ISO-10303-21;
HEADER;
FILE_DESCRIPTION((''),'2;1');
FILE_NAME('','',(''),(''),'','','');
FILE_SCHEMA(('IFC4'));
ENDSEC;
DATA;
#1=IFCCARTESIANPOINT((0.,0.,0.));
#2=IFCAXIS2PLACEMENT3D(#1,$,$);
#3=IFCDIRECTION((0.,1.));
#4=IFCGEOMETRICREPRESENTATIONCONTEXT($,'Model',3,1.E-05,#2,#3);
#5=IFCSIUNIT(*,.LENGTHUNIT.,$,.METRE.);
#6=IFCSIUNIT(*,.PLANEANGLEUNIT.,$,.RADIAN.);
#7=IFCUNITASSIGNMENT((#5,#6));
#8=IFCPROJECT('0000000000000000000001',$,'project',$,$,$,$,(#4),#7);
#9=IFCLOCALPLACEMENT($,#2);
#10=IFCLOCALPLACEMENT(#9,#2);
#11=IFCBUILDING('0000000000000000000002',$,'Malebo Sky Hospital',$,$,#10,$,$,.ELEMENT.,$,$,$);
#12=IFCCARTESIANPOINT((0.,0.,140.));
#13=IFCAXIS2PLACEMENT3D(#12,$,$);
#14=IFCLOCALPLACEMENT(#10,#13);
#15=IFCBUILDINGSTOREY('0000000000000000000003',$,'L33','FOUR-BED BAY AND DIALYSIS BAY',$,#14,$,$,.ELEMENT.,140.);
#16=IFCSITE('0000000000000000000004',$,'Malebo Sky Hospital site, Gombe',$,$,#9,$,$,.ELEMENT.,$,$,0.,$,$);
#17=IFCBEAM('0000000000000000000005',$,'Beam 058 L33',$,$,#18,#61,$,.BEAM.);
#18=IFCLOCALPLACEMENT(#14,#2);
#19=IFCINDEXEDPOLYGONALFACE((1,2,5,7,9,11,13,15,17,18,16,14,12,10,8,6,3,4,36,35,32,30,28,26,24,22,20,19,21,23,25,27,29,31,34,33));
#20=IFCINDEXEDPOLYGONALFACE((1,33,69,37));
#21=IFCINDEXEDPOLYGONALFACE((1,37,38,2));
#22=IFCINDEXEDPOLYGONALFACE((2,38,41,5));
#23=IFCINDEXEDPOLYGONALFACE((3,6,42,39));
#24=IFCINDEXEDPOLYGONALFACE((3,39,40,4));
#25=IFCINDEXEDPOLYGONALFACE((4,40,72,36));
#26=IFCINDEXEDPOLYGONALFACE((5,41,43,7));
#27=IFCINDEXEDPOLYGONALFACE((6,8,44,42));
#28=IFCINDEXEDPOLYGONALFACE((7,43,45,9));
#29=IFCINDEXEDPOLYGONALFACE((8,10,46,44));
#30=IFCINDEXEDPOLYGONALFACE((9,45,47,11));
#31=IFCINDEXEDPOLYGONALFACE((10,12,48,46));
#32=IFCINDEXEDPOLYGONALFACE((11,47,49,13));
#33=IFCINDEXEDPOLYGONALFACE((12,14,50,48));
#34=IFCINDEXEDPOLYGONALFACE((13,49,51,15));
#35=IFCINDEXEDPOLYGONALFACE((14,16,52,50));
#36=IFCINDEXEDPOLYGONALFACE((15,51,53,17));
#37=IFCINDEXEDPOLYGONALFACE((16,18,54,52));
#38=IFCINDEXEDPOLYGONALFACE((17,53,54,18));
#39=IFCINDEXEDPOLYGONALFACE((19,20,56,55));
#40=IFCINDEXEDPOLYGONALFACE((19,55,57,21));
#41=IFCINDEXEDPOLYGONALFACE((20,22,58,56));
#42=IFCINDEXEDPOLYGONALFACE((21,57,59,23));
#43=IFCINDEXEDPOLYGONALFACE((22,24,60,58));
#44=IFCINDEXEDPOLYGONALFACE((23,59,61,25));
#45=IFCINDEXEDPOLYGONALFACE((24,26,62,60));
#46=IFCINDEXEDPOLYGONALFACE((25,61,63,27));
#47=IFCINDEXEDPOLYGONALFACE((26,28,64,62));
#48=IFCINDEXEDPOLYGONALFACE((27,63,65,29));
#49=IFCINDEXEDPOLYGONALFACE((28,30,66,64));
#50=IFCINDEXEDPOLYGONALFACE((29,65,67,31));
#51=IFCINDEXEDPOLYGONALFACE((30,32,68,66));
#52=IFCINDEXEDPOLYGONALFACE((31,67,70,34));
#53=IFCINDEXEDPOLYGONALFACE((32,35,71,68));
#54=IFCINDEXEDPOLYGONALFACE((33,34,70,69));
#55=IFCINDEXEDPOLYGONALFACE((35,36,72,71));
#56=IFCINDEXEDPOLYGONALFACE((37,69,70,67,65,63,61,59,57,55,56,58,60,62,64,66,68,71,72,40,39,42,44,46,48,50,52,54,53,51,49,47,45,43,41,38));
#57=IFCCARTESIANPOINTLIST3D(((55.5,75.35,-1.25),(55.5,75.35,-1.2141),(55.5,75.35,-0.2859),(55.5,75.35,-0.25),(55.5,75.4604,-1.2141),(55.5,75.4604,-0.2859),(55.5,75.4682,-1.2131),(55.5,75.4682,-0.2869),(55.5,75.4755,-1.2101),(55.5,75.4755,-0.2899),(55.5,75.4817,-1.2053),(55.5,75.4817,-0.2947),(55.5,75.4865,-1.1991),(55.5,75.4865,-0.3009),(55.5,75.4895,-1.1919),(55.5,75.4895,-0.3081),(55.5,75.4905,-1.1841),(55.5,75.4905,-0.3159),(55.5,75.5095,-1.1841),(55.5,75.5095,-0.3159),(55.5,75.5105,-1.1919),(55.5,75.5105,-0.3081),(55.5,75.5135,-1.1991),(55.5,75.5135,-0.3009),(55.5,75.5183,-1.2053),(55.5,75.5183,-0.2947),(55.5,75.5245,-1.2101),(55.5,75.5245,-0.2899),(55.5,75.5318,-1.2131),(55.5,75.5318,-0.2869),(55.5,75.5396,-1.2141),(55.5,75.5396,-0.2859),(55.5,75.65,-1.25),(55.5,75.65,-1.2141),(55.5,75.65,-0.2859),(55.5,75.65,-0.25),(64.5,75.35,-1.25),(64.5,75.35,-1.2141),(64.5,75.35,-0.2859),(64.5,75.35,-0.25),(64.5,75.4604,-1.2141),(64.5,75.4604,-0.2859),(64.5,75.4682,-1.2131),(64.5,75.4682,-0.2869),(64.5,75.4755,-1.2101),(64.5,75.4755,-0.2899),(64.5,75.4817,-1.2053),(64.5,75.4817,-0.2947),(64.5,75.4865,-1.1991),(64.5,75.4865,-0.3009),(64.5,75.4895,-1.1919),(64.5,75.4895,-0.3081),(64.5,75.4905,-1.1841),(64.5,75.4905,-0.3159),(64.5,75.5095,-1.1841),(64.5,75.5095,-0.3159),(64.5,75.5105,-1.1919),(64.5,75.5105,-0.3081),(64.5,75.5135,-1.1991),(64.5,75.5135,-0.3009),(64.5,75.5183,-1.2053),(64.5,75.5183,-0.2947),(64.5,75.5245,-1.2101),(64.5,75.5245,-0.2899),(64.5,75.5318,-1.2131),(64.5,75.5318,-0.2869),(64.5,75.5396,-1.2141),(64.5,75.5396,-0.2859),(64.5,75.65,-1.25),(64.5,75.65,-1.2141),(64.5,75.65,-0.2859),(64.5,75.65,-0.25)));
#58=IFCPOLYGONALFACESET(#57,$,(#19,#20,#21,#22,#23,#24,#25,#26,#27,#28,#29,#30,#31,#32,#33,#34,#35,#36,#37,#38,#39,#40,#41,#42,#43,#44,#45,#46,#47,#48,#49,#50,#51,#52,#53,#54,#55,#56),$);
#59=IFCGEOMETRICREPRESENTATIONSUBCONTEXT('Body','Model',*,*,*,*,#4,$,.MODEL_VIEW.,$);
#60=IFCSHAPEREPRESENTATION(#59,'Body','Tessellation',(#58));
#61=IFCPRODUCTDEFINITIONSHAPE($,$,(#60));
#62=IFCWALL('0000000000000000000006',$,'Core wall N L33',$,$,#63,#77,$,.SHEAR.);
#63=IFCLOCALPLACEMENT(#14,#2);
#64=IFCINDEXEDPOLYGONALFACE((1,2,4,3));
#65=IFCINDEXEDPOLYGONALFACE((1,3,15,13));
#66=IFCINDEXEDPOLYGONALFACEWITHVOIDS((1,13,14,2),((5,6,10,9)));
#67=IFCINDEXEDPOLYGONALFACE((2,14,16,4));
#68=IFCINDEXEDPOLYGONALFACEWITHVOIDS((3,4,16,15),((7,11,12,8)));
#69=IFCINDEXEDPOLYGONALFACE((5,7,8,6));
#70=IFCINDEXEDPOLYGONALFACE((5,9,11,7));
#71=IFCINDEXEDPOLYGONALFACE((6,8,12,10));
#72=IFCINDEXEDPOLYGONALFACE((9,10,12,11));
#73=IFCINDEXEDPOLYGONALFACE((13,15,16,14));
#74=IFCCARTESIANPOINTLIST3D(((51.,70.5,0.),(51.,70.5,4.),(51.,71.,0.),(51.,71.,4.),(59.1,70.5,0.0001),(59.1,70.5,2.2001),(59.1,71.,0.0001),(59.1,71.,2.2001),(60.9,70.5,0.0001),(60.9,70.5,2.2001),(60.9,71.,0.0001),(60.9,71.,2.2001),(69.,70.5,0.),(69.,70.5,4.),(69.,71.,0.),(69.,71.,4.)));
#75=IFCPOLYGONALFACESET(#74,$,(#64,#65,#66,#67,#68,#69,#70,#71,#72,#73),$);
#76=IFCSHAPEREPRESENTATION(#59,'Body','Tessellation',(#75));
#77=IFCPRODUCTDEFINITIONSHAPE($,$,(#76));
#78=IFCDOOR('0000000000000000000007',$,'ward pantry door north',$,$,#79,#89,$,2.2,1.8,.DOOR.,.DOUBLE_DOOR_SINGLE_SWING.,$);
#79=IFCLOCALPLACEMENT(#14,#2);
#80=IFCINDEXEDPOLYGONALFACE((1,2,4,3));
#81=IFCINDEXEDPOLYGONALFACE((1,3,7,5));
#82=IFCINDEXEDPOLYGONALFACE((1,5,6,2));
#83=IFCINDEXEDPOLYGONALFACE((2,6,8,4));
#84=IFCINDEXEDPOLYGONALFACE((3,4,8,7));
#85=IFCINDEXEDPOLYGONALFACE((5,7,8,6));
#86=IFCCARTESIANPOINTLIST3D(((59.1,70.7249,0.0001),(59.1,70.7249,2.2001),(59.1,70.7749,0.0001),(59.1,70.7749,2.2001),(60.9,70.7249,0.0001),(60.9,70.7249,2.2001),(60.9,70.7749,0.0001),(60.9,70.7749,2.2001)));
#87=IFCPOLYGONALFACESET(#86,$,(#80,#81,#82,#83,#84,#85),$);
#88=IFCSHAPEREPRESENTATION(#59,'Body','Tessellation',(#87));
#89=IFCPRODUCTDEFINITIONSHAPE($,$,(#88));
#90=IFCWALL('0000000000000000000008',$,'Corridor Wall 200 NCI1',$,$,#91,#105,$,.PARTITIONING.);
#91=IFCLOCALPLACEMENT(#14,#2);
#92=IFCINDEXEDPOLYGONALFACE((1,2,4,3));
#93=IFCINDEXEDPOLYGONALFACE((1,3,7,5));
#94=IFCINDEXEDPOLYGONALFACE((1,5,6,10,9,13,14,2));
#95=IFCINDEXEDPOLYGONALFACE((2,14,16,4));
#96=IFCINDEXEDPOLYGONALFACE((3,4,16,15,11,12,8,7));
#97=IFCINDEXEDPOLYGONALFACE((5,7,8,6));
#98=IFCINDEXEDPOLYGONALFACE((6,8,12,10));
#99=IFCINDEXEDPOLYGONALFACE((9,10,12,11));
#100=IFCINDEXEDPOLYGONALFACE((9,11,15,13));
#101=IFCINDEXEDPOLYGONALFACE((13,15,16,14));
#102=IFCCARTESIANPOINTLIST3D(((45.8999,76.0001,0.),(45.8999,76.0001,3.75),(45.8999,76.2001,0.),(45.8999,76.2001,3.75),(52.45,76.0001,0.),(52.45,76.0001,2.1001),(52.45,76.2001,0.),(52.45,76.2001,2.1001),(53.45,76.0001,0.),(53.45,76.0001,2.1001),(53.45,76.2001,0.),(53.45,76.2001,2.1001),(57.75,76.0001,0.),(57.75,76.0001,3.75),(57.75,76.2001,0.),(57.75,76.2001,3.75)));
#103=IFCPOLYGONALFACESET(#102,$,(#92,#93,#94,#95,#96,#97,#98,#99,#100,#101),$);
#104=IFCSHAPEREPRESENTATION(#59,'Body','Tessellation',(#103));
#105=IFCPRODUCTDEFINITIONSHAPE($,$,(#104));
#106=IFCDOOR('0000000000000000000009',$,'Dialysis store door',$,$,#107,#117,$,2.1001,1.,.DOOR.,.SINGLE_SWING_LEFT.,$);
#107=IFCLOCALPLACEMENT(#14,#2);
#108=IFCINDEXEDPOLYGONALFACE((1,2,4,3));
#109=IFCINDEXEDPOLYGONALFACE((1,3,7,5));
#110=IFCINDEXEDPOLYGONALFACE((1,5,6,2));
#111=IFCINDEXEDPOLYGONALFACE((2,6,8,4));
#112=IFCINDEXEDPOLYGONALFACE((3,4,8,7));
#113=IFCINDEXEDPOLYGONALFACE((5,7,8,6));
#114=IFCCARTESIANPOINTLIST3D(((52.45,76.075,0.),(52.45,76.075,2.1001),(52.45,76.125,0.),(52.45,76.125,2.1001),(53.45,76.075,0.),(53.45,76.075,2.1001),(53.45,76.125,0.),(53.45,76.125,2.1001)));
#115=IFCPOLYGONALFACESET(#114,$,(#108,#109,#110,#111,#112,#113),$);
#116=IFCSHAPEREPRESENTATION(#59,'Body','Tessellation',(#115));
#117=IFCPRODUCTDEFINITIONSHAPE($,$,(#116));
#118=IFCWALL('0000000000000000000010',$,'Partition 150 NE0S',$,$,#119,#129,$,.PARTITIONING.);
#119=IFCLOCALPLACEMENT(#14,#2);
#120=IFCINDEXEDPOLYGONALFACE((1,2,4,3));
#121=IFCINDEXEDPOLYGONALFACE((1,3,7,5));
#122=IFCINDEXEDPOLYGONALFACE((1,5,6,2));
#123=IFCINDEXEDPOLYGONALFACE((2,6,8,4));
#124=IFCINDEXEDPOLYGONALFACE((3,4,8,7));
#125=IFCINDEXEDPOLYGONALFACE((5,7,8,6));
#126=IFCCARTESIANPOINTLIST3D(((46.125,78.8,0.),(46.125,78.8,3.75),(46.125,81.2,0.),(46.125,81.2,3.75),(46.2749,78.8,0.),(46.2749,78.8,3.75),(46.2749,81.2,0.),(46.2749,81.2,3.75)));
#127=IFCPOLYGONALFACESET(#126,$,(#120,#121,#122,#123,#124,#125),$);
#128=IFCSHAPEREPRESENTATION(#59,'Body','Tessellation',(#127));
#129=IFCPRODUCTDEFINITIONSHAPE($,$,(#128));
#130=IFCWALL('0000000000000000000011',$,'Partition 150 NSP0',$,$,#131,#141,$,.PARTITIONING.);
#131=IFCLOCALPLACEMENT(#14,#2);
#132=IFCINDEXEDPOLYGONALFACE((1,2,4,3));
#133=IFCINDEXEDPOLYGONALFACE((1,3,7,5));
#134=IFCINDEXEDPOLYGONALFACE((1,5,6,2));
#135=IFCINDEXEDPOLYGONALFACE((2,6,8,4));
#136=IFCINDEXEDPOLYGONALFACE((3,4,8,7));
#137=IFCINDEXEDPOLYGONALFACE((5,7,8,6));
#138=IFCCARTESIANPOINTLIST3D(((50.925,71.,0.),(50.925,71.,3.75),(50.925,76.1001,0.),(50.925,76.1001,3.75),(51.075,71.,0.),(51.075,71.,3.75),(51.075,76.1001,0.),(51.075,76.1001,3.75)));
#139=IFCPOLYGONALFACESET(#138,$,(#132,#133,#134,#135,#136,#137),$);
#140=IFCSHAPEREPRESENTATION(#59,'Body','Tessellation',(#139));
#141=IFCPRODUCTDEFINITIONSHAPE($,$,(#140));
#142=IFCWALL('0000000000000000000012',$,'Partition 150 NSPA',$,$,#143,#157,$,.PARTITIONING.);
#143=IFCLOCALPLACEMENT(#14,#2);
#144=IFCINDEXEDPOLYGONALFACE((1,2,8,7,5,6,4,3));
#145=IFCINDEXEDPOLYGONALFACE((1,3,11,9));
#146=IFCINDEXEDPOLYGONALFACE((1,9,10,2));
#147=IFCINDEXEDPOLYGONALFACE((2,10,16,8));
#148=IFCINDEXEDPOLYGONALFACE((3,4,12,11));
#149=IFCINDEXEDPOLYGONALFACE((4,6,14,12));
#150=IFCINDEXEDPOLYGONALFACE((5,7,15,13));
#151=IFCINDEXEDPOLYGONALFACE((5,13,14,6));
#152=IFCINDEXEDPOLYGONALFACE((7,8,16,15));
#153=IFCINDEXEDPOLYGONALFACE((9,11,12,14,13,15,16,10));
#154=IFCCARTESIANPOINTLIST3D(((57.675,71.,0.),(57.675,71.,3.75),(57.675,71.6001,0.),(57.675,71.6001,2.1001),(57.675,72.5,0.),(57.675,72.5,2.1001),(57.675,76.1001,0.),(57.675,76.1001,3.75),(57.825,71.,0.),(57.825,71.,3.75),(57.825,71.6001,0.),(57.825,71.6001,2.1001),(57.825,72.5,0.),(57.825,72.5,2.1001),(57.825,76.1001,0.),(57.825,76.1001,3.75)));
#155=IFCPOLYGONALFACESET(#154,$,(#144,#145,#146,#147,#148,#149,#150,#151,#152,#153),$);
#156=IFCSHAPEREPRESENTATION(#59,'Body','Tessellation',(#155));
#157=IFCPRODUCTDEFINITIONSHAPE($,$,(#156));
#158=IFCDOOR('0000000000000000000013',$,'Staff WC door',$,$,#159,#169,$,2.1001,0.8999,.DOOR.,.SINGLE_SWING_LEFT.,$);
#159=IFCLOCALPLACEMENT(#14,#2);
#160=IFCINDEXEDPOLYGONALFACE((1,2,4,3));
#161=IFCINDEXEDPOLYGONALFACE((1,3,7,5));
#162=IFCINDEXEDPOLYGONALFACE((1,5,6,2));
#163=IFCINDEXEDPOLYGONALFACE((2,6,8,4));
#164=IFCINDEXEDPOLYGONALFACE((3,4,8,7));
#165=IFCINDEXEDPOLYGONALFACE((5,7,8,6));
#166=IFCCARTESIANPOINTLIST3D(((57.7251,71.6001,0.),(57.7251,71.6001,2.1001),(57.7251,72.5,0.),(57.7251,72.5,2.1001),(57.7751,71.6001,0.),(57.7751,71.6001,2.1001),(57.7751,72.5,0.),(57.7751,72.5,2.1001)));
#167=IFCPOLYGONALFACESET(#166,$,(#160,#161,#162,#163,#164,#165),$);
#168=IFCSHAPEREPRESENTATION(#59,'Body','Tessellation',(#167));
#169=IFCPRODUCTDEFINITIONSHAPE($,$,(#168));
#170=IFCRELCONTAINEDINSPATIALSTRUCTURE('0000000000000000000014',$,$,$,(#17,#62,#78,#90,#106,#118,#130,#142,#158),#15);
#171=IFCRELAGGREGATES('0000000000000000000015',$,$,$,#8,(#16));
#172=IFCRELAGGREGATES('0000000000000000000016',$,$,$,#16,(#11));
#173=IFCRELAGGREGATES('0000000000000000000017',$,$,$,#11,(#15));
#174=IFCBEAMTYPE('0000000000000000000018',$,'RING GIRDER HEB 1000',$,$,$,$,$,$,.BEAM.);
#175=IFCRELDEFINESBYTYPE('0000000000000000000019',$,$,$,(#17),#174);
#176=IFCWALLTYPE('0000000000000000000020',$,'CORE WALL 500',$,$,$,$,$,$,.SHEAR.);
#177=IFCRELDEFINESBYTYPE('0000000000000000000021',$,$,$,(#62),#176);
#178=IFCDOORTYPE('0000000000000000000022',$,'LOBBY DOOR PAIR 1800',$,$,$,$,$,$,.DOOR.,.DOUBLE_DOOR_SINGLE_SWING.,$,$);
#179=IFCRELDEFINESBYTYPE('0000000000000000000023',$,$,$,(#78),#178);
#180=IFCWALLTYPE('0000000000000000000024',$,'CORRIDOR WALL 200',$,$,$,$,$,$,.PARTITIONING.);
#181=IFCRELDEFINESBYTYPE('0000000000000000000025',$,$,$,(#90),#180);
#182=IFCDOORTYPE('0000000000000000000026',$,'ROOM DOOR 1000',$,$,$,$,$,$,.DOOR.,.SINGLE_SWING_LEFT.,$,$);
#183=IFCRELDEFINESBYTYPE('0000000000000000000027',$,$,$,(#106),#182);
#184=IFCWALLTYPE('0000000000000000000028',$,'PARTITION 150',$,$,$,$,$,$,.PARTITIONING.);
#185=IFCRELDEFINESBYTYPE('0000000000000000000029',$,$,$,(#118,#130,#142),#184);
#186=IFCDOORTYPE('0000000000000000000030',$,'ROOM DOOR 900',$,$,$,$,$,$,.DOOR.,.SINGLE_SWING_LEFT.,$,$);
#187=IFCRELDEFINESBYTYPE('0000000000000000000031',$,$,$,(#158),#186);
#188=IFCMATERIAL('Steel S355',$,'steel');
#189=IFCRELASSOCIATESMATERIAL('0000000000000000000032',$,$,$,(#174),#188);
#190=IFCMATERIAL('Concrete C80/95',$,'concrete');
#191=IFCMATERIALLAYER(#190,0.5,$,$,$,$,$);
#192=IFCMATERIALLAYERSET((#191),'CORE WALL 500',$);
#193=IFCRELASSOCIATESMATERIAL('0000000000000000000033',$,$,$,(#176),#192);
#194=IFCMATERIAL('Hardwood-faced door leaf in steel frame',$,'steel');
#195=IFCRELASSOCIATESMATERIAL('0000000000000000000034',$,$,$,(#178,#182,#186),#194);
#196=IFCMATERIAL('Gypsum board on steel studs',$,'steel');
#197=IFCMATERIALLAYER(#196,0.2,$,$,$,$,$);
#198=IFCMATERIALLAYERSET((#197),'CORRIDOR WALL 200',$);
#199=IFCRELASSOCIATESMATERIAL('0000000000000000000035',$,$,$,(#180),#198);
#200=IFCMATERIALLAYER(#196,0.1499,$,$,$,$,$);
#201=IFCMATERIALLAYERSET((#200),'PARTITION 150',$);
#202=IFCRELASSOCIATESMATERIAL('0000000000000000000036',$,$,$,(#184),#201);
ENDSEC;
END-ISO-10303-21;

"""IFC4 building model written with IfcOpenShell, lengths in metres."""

from ifc_helpers import new_model, si_unit, direction, frame, frame_2d, origin, origin_2d, place, context, subcontext, project, spatial, rectangle, i_section, extrude, material, layer, layer_set, material_profile, profile_set, type_object, element, fill, save


model = new_model("IFC4")

# Units and contexts
model_context = context("Model", 3, precision=1e-05, world=origin(), true_north=direction((0.0, 1.0)))
body_context = subcontext(model_context, "Body", "Model", "MODEL_VIEW")
ifc_project = project(units=[si_unit("LENGTHUNIT", "METRE"), si_unit("PLANEANGLEUNIT", "RADIAN")], contexts=[model_context])

# Site, building, storey
site_placement = place(None, origin())
site = spatial("IfcSite", under=ifc_project, at=site_placement, Name="Malebo Sky Hospital site, Gombe", CompositionType="ELEMENT", RefElevation=0.0)
building_placement = place(site_placement, origin())
building = spatial("IfcBuilding", under=site, at=building_placement, Name="Malebo Sky Hospital", CompositionType="ELEMENT")
storey_placement = place(building_placement, frame((0.0, 0.0, 140.0)))
storey = spatial("IfcBuildingStorey", under=building, at=storey_placement, Name="L33", Description="FOUR-BED BAY AND DIALYSIS BAY", CompositionType="ELEMENT", Elevation=140.0)

# Beam
ifc_material_1 = material(Name="Steel S355", Category="steel")
ifc_material_profile_1 = material_profile(ifc_material_1, i_section(OverallWidth=0.3, OverallDepth=1.0, WebThickness=0.019, FlangeThickness=0.0359, FilletRadius=0.03, at=origin_2d()), Name="HEB 1000")
ifc_profile_set_1 = profile_set([ifc_material_profile_1], Name="Steel S355")
beam_type_1 = type_object("IfcBeamType", Name="RING GIRDER HEB 1000", PredefinedType="BEAM", material=ifc_profile_set_1)
beam_1_placement = place(storey_placement, frame((55.5, 75.5, -0.75), z_axis=(1.0, 0.0, 0.0), x_axis=(0.0, 1.0, 0.0)))
element("IfcBeam", 1, at=beam_1_placement, inside=storey, type_object=beam_type_1, Name="Beam 058 L33", PredefinedType="BEAM", context=body_context, shape_type="SweptSolid", body=[
    extrude(i_section(OverallWidth=0.3, OverallDepth=1.0, WebThickness=0.019, FlangeThickness=0.0359, FilletRadius=0.03, at=origin_2d()), origin(), (0.0, 0.0, 1.0), 9.0),
])

# Walls, openings, doors
ifc_material_2 = material(Name="Concrete C80/95", Category="concrete")
ifc_layer_1 = layer(ifc_material_2, 0.5)
ifc_layer_set_1 = layer_set([ifc_layer_1], Name="CORE WALL 500")
wall_type_1 = type_object("IfcWallType", Name="CORE WALL 500", PredefinedType="SHEAR", material=ifc_layer_set_1)
wall_1_placement = place(storey_placement, frame((51.0, 70.75, 0.0), z_axis=(0.0, 0.0, 1.0), x_axis=(1.0, 0.0, 0.0)))
wall_1 = element("IfcWall", 2, at=wall_1_placement, inside=storey, type_object=wall_type_1, Name="Core wall N L33", PredefinedType="SHEAR", context=body_context, shape_type="SweptSolid", body=[
    extrude(rectangle(XDim=18.0, YDim=0.5, at=frame_2d((9.0, 0.0))), origin(), (0.0, 0.0, 1.0), 4.0),
])
opening_1_placement = place(wall_1_placement, frame((8.1001, 0.0, 0.0)))
opening_1 = element("IfcOpeningElement", 3, at=opening_1_placement, cuts=wall_1, PredefinedType="OPENING", context=body_context, shape_type="SweptSolid", body=[
    extrude(rectangle(XDim=1.8, YDim=2.2, at=frame_2d((0.8999, 1.1001))), frame((0.0, 0.26, 0.0), z_axis=(0.0, -1.0, 0.0), x_axis=(1.0, 0.0, 0.0)), (0.0, 0.0, 1.0), 0.52),
])
ifc_material_3 = material(Name="Hardwood-faced door leaf in steel frame", Category="steel")
door_type_1 = type_object("IfcDoorType", Name="LOBBY DOOR PAIR 1800", OperationType="DOUBLE_DOOR_SINGLE_SWING", PredefinedType="DOOR", material=ifc_material_3)
door_1_placement = place(opening_1_placement, origin())
door_1 = element("IfcDoor", 4, at=door_1_placement, inside=storey, type_object=door_type_1, Name="ward pantry door north", OperationType="DOUBLE_DOOR_SINGLE_SWING", OverallHeight=2.2, OverallWidth=1.8, PredefinedType="DOOR", context=body_context, shape_type="SweptSolid", body=[
    extrude(rectangle(XDim=1.8, YDim=2.2, at=frame_2d((0.8999, 1.1001))), frame((0.0, 0.0249, 0.0), z_axis=(0.0, -1.0, 0.0), x_axis=(1.0, 0.0, 0.0)), (0.0, 0.0, 1.0), 0.05),
])
fill(opening_1, door_1)
ifc_material_4 = material(Name="Gypsum board on steel studs", Category="steel")
ifc_layer_2 = layer(ifc_material_4, 0.2)
ifc_layer_set_2 = layer_set([ifc_layer_2], Name="CORRIDOR WALL 200")
wall_type_2 = type_object("IfcWallType", Name="CORRIDOR WALL 200", PredefinedType="PARTITIONING", material=ifc_layer_set_2)
wall_2_placement = place(storey_placement, frame((45.8999, 76.1001, 0.0), z_axis=(0.0, 0.0, 1.0), x_axis=(1.0, 0.0, 0.0)))
wall_2 = element("IfcWall", 5, at=wall_2_placement, inside=storey, type_object=wall_type_2, Name="Corridor Wall 200 NCI1", PredefinedType="PARTITIONING", context=body_context, shape_type="SweptSolid", body=[
    extrude(rectangle(XDim=11.8501, YDim=0.2, at=frame_2d((5.925, 0.0))), origin(), (0.0, 0.0, 1.0), 3.75),
])
opening_2_placement = place(wall_2_placement, frame((6.55, 0.0, 0.0)))
opening_2 = element("IfcOpeningElement", 6, at=opening_2_placement, cuts=wall_2, PredefinedType="OPENING", context=body_context, shape_type="SweptSolid", body=[
    extrude(rectangle(XDim=1.0, YDim=2.1001, at=frame_2d((0.5, 1.05))), frame((0.0, 0.1099, 0.0), z_axis=(0.0, -1.0, 0.0), x_axis=(1.0, 0.0, 0.0)), (0.0, 0.0, 1.0), 0.22),
])
door_type_2 = type_object("IfcDoorType", Name="ROOM DOOR 1000", OperationType="SINGLE_SWING_LEFT", PredefinedType="DOOR", material=ifc_material_3)
door_2_placement = place(opening_2_placement, origin())
door_2 = element("IfcDoor", 7, at=door_2_placement, inside=storey, type_object=door_type_2, Name="Dialysis store door", OperationType="SINGLE_SWING_LEFT", OverallHeight=2.1001, OverallWidth=1.0, PredefinedType="DOOR", context=body_context, shape_type="SweptSolid", body=[
    extrude(rectangle(XDim=1.0, YDim=2.1001, at=frame_2d((0.5, 1.05))), frame((0.0, 0.0249, 0.0), z_axis=(0.0, -1.0, 0.0), x_axis=(1.0, 0.0, 0.0)), (0.0, 0.0, 1.0), 0.05),
])
fill(opening_2, door_2)

# Walls
ifc_layer_3 = layer(ifc_material_4, 0.1499)
ifc_layer_set_3 = layer_set([ifc_layer_3], Name="PARTITION 150")
wall_type_3 = type_object("IfcWallType", Name="PARTITION 150", PredefinedType="PARTITIONING", material=ifc_layer_set_3)
wall_3_placement = place(storey_placement, frame((46.2, 78.8, 0.0), z_axis=(0.0, 0.0, 1.0), x_axis=(0.0, 1.0, 0.0)))
element("IfcWall", 8, at=wall_3_placement, inside=storey, type_object=wall_type_3, Name="Partition 150 NE0S", PredefinedType="PARTITIONING", context=body_context, shape_type="SweptSolid", body=[
    extrude(rectangle(XDim=2.3999, YDim=0.1499, at=frame_2d((1.2, 0.0))), origin(), (0.0, 0.0, 1.0), 3.75),
])
wall_4_placement = place(storey_placement, frame((51.0, 71.0, 0.0), z_axis=(0.0, 0.0, 1.0), x_axis=(0.0, 1.0, 0.0)))
element("IfcWall", 9, at=wall_4_placement, inside=storey, type_object=wall_type_3, Name="Partition 150 NSP0", PredefinedType="PARTITIONING", context=body_context, shape_type="SweptSolid", body=[
    extrude(rectangle(XDim=5.1001, YDim=0.1499, at=frame_2d((2.55, 0.0))), origin(), (0.0, 0.0, 1.0), 3.75),
])

# Wall, opening, door
wall_5_placement = place(storey_placement, frame((57.75, 71.0, 0.0), z_axis=(0.0, 0.0, 1.0), x_axis=(0.0, 1.0, 0.0)))
wall_5 = element("IfcWall", 10, at=wall_5_placement, inside=storey, type_object=wall_type_3, Name="Partition 150 NSPA", PredefinedType="PARTITIONING", context=body_context, shape_type="SweptSolid", body=[
    extrude(rectangle(XDim=5.1001, YDim=0.1499, at=frame_2d((2.55, 0.0))), origin(), (0.0, 0.0, 1.0), 3.75),
])
opening_3_placement = place(wall_5_placement, frame((0.6001, 0.0, 0.0)))
opening_3 = element("IfcOpeningElement", 11, at=opening_3_placement, cuts=wall_5, PredefinedType="OPENING", context=body_context, shape_type="SweptSolid", body=[
    extrude(rectangle(XDim=0.8999, YDim=2.1001, at=frame_2d((0.45, 1.05))), frame((0.0, 0.085, 0.0), z_axis=(0.0, -1.0, 0.0), x_axis=(1.0, 0.0, 0.0)), (0.0, 0.0, 1.0), 0.1699),
])
door_type_3 = type_object("IfcDoorType", Name="ROOM DOOR 900", OperationType="SINGLE_SWING_LEFT", PredefinedType="DOOR", material=ifc_material_3)
door_3_placement = place(opening_3_placement, origin())
door_3 = element("IfcDoor", 12, at=door_3_placement, inside=storey, type_object=door_type_3, Name="Staff WC door", OperationType="SINGLE_SWING_LEFT", OverallHeight=2.1001, OverallWidth=0.8999, PredefinedType="DOOR", context=body_context, shape_type="SweptSolid", body=[
    extrude(rectangle(XDim=0.8999, YDim=2.1001, at=frame_2d((0.45, 1.05))), frame((0.0, 0.0249, 0.0), z_axis=(0.0, -1.0, 0.0), x_axis=(1.0, 0.0, 0.0)), (0.0, 0.0, 1.0), 0.05),
])
fill(opening_3, door_3)

save(model, "model.ifc")
